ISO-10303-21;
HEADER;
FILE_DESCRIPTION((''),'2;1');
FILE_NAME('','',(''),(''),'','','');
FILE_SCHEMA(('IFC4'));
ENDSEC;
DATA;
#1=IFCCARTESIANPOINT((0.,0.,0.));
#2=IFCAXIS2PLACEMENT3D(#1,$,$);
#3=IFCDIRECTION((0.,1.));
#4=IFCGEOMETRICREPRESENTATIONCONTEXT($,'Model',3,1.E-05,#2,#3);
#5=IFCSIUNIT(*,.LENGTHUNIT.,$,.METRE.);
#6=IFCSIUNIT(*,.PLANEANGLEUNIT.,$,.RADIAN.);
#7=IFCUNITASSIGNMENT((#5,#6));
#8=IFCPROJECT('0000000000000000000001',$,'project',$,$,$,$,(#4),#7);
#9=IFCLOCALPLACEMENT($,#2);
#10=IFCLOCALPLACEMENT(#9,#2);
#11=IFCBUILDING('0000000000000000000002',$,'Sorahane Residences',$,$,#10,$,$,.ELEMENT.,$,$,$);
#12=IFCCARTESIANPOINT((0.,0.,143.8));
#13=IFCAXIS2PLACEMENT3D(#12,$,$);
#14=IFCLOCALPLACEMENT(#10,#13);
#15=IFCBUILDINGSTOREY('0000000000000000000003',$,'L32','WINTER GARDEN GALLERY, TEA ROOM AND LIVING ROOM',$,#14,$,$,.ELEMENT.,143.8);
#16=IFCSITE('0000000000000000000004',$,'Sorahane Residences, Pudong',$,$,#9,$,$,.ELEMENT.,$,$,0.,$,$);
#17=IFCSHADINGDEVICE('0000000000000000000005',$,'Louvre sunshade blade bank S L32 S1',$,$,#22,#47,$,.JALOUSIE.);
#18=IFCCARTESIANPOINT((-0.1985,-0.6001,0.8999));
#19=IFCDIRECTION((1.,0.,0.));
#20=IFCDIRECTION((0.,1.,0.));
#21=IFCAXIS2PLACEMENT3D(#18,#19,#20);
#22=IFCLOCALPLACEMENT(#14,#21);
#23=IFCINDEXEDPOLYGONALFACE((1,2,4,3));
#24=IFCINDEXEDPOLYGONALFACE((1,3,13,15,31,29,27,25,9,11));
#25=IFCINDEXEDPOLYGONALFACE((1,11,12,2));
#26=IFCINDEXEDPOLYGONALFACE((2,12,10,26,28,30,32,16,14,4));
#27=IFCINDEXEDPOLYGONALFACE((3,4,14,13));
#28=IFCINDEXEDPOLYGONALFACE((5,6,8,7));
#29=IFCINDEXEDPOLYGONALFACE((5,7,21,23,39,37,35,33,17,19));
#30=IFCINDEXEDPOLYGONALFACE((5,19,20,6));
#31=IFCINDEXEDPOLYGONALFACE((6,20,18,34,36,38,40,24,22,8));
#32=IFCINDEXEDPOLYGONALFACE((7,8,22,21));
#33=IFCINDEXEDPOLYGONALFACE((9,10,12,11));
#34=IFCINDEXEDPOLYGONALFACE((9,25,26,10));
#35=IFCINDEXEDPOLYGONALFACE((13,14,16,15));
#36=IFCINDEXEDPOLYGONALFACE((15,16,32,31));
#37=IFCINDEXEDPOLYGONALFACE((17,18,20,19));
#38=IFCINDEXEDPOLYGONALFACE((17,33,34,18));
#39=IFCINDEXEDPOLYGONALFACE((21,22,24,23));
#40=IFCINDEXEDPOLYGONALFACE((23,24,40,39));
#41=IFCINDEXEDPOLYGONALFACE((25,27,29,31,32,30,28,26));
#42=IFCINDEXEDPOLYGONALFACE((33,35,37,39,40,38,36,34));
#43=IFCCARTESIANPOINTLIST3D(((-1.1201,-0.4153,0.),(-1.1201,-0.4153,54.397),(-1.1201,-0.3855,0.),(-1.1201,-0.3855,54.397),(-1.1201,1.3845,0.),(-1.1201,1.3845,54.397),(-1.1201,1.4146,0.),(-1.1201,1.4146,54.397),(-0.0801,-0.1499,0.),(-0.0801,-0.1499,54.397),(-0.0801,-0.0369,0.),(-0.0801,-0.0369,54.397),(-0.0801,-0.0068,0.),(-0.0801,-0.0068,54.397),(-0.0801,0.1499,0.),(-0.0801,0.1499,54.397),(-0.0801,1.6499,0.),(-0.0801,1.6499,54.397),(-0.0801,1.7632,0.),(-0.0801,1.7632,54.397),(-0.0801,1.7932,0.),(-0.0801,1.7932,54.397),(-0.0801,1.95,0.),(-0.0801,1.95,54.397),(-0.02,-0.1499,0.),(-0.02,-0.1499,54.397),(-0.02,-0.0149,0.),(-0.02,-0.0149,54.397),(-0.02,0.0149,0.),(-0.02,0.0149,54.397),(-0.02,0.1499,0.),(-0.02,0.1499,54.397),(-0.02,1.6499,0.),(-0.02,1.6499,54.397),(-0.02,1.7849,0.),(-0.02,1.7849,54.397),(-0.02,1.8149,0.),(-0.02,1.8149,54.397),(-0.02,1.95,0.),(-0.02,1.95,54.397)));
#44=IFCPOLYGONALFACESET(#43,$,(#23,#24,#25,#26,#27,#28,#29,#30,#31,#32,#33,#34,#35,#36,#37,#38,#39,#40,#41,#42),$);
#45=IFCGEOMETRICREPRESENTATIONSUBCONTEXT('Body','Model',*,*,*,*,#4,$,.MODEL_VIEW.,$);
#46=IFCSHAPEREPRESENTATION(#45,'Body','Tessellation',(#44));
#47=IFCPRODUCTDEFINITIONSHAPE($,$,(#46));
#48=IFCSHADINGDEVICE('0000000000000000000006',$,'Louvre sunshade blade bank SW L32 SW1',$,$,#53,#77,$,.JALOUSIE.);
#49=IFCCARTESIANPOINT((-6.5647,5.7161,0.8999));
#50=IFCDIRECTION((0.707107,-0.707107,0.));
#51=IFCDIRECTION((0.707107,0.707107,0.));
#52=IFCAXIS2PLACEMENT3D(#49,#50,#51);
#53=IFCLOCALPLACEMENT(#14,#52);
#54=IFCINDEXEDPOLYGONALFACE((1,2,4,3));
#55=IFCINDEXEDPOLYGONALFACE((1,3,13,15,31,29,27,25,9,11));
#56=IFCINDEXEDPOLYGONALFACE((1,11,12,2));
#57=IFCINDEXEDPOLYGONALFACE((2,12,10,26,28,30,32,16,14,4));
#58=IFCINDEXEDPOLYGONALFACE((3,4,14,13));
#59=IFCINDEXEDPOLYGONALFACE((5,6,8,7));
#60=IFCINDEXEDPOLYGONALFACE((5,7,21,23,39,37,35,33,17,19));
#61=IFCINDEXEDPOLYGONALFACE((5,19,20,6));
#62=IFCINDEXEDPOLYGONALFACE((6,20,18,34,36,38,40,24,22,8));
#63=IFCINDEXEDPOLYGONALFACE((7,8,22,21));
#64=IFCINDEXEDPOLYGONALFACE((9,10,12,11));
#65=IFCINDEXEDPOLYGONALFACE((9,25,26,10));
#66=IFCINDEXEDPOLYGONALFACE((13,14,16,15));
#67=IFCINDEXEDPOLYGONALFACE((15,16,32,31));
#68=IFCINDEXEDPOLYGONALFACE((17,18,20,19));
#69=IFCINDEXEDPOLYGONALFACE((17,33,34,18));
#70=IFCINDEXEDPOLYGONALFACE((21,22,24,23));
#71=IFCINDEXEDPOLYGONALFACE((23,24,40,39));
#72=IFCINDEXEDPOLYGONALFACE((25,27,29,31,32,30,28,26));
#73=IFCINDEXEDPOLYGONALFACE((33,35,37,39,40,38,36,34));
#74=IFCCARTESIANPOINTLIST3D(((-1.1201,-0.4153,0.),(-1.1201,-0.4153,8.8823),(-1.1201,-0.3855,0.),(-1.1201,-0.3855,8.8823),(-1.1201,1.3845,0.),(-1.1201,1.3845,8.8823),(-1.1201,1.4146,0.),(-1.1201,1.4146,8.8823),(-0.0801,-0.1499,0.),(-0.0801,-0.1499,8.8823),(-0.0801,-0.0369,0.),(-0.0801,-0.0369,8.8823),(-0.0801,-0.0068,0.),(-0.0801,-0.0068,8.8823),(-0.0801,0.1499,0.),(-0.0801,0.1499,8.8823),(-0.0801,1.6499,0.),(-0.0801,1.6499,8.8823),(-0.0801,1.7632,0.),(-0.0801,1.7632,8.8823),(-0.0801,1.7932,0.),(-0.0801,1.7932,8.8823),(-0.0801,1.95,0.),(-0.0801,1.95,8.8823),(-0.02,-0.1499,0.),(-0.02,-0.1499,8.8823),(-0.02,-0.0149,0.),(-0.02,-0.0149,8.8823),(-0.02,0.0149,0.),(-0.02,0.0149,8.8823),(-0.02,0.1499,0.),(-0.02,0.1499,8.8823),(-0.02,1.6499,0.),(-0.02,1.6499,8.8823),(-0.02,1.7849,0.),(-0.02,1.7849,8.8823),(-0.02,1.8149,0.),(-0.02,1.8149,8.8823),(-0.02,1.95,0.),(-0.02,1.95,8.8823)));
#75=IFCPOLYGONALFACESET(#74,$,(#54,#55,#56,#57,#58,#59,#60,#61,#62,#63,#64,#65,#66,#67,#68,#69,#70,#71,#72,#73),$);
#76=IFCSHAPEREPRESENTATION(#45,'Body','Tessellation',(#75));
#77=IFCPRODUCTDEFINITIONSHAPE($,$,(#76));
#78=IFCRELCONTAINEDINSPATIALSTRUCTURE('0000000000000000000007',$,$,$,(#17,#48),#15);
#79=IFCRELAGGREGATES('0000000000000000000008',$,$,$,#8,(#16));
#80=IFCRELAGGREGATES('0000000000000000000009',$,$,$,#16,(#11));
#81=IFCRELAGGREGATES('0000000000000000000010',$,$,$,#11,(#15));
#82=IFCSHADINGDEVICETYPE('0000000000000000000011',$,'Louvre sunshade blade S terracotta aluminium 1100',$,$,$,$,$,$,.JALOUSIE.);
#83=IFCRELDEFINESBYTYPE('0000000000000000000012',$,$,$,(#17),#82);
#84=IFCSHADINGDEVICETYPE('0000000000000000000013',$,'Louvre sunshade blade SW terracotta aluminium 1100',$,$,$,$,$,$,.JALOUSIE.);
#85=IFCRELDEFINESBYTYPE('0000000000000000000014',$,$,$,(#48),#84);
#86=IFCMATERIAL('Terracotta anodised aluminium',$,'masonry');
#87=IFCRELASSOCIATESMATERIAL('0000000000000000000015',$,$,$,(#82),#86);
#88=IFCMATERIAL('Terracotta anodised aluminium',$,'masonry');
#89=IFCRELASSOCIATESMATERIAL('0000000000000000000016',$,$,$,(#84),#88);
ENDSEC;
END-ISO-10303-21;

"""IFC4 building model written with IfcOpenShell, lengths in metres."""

from ifc_helpers import new_model, si_unit, direction, frame, origin, place, context, subcontext, project, spatial, polyline, outline, composite_profile, extrude, material, type_object, element, save


model = new_model("IFC4")

# Units and contexts
model_context = context("Model", 3, precision=1e-05, world=origin(), true_north=direction((0.0, 1.0)))
body_context = subcontext(model_context, "Body", "Model", "MODEL_VIEW")
ifc_project = project(units=[si_unit("LENGTHUNIT", "METRE"), si_unit("PLANEANGLEUNIT", "RADIAN")], contexts=[model_context])

# Site, building, storey
site_placement = place(None, origin())
site = spatial("IfcSite", under=ifc_project, at=site_placement, Name="Sorahane Residences, Pudong", CompositionType="ELEMENT", RefElevation=0.0)
building_placement = place(site_placement, origin())
building = spatial("IfcBuilding", under=site, at=building_placement, Name="Sorahane Residences", CompositionType="ELEMENT")
storey_placement = place(building_placement, frame((0.0, 0.0, 143.8)))
storey = spatial("IfcBuildingStorey", under=building, at=storey_placement, Name="L32", Description="WINTER GARDEN GALLERY, TEA ROOM AND LIVING ROOM", CompositionType="ELEMENT", Elevation=143.8)

# Shading devices
ifc_material_1 = material(Name="Terracotta anodised aluminium", Category="masonry")
shading_device_type_1 = type_object("IfcShadingDeviceType", Name="Louvre sunshade blade S terracotta aluminium 1100", PredefinedType="JALOUSIE", material=ifc_material_1)
shading_device_1_placement = place(storey_placement, frame((-0.1985, -0.6001, 0.8999), z_axis=(1.0, 0.0, 0.0), x_axis=(0.0, 1.0, 0.0)))
element("IfcShadingDevice", 1, at=shading_device_1_placement, inside=storey, type_object=shading_device_type_1, Name="Louvre sunshade blade bank S L32 S1", PredefinedType="JALOUSIE", context=body_context, shape_type="SweptSolid", body=[
    extrude(composite_profile([outline(polyline([(-1.1201, -0.3855), (-1.1201, -0.4153), (-0.0801, -0.0369), (-0.0801, -0.1499), (-0.02, -0.1499), (-0.02, -0.0149), (-0.02, 0.0149), (-0.02, 0.1499), (-0.0801, 0.1499), (-0.0801, -0.0068), (-1.1201, -0.3855)])), outline(polyline([(-1.1201, 1.4146), (-1.1201, 1.3845), (-0.0801, 1.7632), (-0.0801, 1.6499), (-0.02, 1.6499), (-0.02, 1.7849), (-0.02, 1.8149), (-0.02, 1.95), (-0.0801, 1.95), (-0.0801, 1.7932), (-1.1201, 1.4146)]))]), origin(), (0.0, 0.0, 1.0), 54.397),
])
ifc_material_2 = material(Name="Terracotta anodised aluminium", Category="masonry")
shading_device_type_2 = type_object("IfcShadingDeviceType", Name="Louvre sunshade blade SW terracotta aluminium 1100", PredefinedType="JALOUSIE", material=ifc_material_2)
shading_device_2_placement = place(storey_placement, frame((-6.5647, 5.7161, 0.8999), z_axis=(0.707107, -0.707107, 0.0), x_axis=(0.707107, 0.707107, 0.0)))
element("IfcShadingDevice", 2, at=shading_device_2_placement, inside=storey, type_object=shading_device_type_2, Name="Louvre sunshade blade bank SW L32 SW1", PredefinedType="JALOUSIE", context=body_context, shape_type="SweptSolid", body=[
    extrude(composite_profile([outline(polyline([(-1.1201, -0.3855), (-1.1201, -0.4153), (-0.0801, -0.0369), (-0.0801, -0.1499), (-0.02, -0.1499), (-0.02, -0.0149), (-0.02, 0.0149), (-0.02, 0.1499), (-0.0801, 0.1499), (-0.0801, -0.0068), (-1.1201, -0.3855)])), outline(polyline([(-1.1201, 1.4146), (-1.1201, 1.3845), (-0.0801, 1.7632), (-0.0801, 1.6499), (-0.02, 1.6499), (-0.02, 1.7849), (-0.02, 1.8149), (-0.02, 1.95), (-0.0801, 1.95), (-0.0801, 1.7932), (-1.1201, 1.4146)]))]), origin(), (0.0, 0.0, 1.0), 8.8823),
])

save(model, "model.ifc")
